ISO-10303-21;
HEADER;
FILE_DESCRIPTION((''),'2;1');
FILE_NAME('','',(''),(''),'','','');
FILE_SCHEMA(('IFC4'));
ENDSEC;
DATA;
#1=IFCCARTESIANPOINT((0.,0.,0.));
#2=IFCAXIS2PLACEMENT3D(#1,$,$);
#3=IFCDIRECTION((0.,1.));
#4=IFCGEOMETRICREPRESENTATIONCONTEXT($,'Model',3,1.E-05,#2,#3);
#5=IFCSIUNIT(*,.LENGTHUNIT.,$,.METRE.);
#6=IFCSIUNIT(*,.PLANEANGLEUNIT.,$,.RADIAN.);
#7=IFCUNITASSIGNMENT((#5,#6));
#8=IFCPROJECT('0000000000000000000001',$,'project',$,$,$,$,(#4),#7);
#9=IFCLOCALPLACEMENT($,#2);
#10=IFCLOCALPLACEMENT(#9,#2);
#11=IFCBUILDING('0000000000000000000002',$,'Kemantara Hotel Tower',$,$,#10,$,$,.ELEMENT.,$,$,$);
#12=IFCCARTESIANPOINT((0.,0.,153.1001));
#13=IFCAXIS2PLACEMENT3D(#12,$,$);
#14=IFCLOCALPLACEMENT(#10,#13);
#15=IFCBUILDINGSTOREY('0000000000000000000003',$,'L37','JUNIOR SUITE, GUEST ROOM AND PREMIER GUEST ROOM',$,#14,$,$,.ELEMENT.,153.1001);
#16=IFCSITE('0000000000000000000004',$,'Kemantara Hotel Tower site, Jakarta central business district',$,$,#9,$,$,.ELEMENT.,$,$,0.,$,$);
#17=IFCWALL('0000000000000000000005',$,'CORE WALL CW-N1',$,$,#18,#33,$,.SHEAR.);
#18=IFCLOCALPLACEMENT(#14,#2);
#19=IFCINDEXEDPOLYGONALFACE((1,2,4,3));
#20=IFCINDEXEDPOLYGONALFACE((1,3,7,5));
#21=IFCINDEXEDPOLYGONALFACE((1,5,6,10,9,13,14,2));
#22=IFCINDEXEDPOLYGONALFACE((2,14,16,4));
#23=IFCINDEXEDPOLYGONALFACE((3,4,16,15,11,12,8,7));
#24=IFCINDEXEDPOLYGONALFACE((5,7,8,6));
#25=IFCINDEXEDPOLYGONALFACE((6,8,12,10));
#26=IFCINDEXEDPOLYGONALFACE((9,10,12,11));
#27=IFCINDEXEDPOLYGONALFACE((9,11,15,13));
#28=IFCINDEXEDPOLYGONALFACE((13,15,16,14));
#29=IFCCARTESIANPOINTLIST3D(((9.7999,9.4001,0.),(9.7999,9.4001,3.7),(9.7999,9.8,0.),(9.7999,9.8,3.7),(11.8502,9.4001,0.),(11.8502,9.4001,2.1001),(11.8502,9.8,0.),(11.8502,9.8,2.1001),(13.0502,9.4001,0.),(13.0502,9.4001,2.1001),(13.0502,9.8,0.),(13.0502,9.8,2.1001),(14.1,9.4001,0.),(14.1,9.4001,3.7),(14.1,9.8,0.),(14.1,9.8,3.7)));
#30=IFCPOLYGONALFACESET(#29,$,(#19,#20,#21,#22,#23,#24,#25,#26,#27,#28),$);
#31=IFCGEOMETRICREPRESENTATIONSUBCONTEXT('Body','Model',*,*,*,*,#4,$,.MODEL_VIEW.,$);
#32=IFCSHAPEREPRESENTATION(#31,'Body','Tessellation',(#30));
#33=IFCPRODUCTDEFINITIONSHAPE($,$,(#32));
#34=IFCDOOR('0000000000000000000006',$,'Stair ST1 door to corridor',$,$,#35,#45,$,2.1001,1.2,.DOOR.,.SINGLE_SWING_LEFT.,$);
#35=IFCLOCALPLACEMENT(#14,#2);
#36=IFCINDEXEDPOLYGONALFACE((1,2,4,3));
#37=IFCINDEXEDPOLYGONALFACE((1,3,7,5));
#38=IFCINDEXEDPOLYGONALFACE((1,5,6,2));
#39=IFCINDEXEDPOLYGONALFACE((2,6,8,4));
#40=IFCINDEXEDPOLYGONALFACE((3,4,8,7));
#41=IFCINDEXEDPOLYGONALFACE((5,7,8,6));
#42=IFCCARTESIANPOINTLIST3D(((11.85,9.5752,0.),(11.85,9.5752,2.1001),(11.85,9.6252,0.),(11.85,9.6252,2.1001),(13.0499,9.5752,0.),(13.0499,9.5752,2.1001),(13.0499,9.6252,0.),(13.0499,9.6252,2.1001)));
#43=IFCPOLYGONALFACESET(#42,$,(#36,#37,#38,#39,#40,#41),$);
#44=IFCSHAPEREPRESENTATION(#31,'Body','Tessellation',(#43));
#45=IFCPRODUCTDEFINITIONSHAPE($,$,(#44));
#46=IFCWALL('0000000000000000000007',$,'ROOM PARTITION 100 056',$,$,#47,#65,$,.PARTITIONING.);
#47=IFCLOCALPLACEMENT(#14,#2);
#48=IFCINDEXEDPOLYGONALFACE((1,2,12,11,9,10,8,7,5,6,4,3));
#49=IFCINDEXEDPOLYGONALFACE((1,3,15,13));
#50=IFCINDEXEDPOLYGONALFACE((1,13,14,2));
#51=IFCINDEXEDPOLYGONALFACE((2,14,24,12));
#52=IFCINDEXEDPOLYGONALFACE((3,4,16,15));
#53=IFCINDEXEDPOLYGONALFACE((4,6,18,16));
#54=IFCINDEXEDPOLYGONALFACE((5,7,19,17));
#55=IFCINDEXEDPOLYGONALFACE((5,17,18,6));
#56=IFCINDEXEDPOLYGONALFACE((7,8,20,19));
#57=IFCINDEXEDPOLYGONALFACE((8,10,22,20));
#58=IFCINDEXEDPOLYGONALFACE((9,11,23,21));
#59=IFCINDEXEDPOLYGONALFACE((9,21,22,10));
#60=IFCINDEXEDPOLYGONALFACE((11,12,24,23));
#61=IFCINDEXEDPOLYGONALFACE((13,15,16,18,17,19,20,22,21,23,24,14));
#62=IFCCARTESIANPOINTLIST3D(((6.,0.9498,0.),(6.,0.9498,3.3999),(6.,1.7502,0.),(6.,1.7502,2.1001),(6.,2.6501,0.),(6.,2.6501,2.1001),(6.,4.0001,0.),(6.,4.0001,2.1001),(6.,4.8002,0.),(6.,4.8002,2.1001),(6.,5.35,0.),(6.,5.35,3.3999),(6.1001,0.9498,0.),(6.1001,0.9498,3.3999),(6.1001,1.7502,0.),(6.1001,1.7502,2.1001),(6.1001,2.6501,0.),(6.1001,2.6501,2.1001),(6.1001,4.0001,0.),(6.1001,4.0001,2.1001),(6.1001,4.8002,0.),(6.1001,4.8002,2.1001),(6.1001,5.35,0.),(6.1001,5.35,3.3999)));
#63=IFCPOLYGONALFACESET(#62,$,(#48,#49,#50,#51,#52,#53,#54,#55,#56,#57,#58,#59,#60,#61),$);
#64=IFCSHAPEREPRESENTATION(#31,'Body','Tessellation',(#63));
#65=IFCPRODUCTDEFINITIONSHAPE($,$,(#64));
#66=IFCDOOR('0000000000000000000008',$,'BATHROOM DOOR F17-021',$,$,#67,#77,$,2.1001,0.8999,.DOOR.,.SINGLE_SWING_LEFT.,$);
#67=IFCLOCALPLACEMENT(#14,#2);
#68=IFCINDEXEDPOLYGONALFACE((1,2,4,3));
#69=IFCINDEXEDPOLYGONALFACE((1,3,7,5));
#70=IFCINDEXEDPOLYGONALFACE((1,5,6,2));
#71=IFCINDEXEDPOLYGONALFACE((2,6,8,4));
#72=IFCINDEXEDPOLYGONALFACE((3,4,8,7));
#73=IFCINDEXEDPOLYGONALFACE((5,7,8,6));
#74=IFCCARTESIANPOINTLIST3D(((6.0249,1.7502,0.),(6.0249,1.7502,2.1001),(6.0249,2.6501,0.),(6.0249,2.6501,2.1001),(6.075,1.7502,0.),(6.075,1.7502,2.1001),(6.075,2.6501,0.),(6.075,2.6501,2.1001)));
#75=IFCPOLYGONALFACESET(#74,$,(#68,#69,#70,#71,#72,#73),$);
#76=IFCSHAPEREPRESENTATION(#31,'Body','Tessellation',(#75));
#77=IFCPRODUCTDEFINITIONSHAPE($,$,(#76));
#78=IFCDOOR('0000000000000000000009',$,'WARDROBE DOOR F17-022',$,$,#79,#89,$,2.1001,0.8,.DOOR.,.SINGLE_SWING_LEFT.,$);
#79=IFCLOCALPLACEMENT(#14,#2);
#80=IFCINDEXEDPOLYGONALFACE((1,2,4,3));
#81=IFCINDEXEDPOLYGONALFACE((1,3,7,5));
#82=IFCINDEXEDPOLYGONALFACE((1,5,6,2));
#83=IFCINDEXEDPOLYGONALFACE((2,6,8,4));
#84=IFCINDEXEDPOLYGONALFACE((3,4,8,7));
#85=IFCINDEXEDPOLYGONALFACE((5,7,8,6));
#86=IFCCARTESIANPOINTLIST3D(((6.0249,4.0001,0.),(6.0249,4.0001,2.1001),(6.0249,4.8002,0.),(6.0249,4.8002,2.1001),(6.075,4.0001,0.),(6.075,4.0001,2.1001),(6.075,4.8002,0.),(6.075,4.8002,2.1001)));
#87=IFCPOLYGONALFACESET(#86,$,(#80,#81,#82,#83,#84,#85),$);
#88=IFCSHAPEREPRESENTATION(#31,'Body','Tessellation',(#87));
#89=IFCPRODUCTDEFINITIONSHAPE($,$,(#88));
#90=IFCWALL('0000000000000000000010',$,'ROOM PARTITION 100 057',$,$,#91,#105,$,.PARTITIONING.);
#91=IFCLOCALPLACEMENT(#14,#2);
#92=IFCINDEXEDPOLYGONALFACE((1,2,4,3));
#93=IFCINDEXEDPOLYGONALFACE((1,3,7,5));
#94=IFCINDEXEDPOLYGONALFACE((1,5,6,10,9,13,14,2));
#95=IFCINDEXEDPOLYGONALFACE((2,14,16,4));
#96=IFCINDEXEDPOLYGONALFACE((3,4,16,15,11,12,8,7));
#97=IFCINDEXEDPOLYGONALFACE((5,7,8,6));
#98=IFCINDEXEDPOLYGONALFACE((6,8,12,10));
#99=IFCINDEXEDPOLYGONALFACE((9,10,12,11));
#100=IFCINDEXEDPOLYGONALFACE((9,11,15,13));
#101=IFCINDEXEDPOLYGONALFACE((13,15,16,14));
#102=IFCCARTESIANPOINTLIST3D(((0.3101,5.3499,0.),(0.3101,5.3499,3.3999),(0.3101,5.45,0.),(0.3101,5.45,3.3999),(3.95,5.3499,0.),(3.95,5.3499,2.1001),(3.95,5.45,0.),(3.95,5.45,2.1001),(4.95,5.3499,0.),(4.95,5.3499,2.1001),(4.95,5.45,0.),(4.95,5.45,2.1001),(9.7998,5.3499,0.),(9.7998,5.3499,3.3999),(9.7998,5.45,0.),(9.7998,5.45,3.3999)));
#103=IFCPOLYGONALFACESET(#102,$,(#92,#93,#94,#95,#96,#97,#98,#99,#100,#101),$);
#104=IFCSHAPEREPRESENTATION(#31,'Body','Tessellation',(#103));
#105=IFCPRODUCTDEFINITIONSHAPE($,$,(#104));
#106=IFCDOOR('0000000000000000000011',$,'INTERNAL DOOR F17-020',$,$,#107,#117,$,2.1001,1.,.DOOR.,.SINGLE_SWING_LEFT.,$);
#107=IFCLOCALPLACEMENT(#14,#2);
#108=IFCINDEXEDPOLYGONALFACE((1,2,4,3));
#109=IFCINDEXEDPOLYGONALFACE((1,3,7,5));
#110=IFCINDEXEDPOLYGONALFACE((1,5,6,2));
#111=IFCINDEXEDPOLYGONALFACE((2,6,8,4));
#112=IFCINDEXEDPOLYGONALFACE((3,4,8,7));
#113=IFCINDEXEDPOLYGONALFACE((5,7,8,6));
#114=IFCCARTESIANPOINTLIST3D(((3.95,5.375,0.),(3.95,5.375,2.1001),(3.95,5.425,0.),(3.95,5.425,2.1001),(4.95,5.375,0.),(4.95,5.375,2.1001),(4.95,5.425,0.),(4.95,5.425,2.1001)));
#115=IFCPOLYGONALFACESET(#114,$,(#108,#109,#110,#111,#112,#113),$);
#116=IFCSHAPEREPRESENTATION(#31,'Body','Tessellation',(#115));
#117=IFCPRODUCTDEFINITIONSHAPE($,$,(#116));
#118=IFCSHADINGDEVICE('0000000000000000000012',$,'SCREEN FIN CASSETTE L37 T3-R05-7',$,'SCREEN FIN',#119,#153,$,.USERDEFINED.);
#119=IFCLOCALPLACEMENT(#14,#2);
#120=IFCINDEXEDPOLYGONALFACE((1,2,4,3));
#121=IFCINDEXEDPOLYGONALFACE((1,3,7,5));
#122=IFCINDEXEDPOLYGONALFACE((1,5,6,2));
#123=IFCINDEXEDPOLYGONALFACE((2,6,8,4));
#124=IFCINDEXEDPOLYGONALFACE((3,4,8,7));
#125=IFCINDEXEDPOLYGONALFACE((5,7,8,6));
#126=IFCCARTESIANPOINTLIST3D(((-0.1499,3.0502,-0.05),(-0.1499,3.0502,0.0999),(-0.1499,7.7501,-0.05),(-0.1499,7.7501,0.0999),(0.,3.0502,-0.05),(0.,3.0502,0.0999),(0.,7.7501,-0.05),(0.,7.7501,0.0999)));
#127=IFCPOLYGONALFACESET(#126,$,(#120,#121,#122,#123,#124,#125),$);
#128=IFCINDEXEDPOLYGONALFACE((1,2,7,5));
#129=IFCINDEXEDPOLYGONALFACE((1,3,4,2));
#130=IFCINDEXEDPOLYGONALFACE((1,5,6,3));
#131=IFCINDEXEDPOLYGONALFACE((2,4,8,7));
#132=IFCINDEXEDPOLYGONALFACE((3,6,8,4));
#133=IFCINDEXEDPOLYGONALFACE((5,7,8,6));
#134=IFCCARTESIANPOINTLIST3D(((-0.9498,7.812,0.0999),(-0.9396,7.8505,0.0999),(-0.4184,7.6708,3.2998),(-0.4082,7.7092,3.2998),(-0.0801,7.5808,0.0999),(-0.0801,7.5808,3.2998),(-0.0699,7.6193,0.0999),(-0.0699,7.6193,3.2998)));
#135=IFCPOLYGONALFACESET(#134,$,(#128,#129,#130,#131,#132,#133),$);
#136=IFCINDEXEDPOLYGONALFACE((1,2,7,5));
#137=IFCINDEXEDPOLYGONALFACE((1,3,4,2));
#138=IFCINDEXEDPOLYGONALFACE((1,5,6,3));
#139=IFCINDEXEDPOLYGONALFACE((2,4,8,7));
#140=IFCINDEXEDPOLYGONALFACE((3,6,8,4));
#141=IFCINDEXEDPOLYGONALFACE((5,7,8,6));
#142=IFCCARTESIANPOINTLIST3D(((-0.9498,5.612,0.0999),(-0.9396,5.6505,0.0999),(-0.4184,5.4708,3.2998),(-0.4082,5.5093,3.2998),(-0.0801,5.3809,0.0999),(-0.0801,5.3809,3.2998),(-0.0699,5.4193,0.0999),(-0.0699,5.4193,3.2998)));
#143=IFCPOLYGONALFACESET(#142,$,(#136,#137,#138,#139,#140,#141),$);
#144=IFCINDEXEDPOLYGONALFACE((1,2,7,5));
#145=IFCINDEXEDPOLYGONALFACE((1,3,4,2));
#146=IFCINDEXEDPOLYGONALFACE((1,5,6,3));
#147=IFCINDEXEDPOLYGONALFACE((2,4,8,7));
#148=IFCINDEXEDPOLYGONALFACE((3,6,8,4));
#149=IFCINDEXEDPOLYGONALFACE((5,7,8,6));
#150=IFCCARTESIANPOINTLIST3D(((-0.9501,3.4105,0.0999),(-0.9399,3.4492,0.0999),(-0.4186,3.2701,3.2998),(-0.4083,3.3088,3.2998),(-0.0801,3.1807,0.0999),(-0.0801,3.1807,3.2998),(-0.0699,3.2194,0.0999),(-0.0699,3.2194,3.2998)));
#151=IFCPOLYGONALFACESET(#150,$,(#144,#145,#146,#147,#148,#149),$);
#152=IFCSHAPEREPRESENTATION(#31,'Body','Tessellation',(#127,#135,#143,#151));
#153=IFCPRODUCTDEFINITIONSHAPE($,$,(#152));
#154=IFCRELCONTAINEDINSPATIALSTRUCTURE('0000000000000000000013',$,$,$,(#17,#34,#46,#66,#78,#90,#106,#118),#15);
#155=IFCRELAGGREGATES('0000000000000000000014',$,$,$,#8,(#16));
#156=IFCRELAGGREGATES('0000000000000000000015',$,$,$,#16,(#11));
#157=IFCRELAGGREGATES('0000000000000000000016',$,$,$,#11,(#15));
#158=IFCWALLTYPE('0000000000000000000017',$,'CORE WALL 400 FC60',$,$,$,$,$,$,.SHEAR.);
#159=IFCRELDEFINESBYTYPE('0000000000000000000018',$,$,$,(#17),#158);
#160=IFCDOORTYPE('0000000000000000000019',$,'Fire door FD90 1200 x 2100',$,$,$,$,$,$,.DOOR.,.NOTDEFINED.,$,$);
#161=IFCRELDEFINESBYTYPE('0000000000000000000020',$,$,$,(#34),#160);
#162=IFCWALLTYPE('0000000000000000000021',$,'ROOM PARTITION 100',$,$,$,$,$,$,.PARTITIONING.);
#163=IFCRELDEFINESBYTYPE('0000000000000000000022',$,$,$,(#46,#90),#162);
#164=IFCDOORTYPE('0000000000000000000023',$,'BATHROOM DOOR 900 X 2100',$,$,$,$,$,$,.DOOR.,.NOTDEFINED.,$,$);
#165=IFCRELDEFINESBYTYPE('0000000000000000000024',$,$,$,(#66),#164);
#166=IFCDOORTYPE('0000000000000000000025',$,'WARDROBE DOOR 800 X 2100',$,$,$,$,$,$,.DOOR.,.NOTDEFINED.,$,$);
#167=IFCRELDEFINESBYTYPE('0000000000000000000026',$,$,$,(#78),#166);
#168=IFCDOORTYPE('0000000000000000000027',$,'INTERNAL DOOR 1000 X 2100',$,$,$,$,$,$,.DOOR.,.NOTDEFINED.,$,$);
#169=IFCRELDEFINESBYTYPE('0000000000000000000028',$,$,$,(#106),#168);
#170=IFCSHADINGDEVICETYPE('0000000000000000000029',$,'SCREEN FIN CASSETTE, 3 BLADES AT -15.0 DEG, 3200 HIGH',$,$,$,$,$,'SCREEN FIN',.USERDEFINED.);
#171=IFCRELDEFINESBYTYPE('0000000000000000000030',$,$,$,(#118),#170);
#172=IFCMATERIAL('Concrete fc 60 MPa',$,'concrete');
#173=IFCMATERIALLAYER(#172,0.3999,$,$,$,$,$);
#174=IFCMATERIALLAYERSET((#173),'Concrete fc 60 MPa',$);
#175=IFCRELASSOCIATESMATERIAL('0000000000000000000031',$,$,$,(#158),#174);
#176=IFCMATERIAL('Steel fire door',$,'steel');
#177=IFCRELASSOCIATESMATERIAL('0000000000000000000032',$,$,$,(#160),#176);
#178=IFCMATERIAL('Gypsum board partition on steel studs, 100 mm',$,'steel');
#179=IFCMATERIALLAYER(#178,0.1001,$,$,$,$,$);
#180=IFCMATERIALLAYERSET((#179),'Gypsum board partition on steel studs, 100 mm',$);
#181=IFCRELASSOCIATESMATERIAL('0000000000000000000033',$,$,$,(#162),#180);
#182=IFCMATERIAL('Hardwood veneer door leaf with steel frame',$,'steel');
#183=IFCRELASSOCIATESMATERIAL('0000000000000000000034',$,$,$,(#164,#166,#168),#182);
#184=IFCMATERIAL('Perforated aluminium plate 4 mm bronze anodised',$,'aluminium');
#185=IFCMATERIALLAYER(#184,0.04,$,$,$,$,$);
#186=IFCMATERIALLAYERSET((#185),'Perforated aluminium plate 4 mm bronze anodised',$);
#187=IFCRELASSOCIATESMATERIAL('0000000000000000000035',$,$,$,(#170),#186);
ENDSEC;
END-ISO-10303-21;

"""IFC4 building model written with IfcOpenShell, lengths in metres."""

from ifc_helpers import new_model, si_unit, direction, frame, frame_2d, origin, origin_2d, place, context, subcontext, project, spatial, polyline, rectangle, outline, extrude, source, transform, mapped, material, layer, layer_set, type_object, element, fill, save


model = new_model("IFC4")

# Units and contexts
model_context = context("Model", 3, precision=1e-05, world=origin(), true_north=direction((0.0, 1.0)))
body_context = subcontext(model_context, "Body", "Model", "MODEL_VIEW")
ifc_project = project(units=[si_unit("LENGTHUNIT", "METRE"), si_unit("PLANEANGLEUNIT", "RADIAN")], contexts=[model_context])

# Site, building, storey
site_placement = place(None, origin())
site = spatial("IfcSite", under=ifc_project, at=site_placement, Name="Kemantara Hotel Tower site, Jakarta central business district", CompositionType="ELEMENT", RefElevation=0.0)
building_placement = place(site_placement, origin())
building = spatial("IfcBuilding", under=site, at=building_placement, Name="Kemantara Hotel Tower", CompositionType="ELEMENT")
storey_placement = place(building_placement, frame((0.0, 0.0, 153.1001)))
storey = spatial("IfcBuildingStorey", under=building, at=storey_placement, Name="L37", Description="JUNIOR SUITE, GUEST ROOM AND PREMIER GUEST ROOM", CompositionType="ELEMENT", Elevation=153.1001)

# Wall, opening, door
ifc_material_1 = material(Name="Concrete fc 60 MPa", Category="concrete")
ifc_layer_1 = layer(ifc_material_1, 0.3999)
ifc_layer_set_1 = layer_set([ifc_layer_1], Name="Concrete fc 60 MPa")
wall_type_1 = type_object("IfcWallType", Name="CORE WALL 400 FC60", PredefinedType="SHEAR", material=ifc_layer_set_1)
wall_1_placement = place(storey_placement, frame((9.8, 9.6001, 0.0), z_axis=(0.0, 0.0, 1.0), x_axis=(1.0, 0.0, 0.0)))
wall_1 = element("IfcWall", 1, at=wall_1_placement, inside=storey, type_object=wall_type_1, Name="CORE WALL CW-N1", PredefinedType="SHEAR", context=body_context, shape_type="SweptSolid", body=[
    extrude(rectangle(XDim=4.3, YDim=0.3999, at=frame_2d((2.1499, 0.0))), origin(), (0.0, 0.0, 1.0), 3.7),
])
opening_1_placement = place(wall_1_placement, frame((2.05, 0.0, 0.0)))
opening_1 = element("IfcOpeningElement", 2, at=opening_1_placement, cuts=wall_1, PredefinedType="OPENING", context=body_context, shape_type="SweptSolid", body=[
    extrude(rectangle(XDim=1.2, YDim=2.1001, at=frame_2d((0.6001, 1.05))), frame((0.0, 0.21, 0.0), z_axis=(0.0, -1.0, 0.0), x_axis=(1.0, 0.0, 0.0)), (0.0, 0.0, 1.0), 0.4199),
])
ifc_material_2 = material(Name="Steel fire door", Category="steel")
door_type_1 = type_object("IfcDoorType", Name="Fire door FD90 1200 x 2100", OperationType="NOTDEFINED", PredefinedType="DOOR", material=ifc_material_2)
door_1_placement = place(opening_1_placement, frame((1.2, 0.0, 0.0), z_axis=(0.0, 0.0, 1.0), x_axis=(-1.0, 0.0, 0.0)))
door_1 = element("IfcDoor", 3, at=door_1_placement, inside=storey, type_object=door_type_1, Name="Stair ST1 door to corridor", OperationType="SINGLE_SWING_LEFT", OverallHeight=2.1001, OverallWidth=1.2, PredefinedType="DOOR", context=body_context, shape_type="SweptSolid", body=[
    extrude(rectangle(XDim=1.2, YDim=2.1001, at=frame_2d((0.6001, 1.05))), frame((0.0, 0.0249, 0.0), z_axis=(0.0, -1.0, 0.0), x_axis=(1.0, 0.0, 0.0)), (0.0, 0.0, 1.0), 0.05),
])
fill(opening_1, door_1)

# Wall, openings, doors
ifc_material_3 = material(Name="Gypsum board partition on steel studs, 100 mm", Category="steel")
ifc_layer_2 = layer(ifc_material_3, 0.1001)
ifc_layer_set_2 = layer_set([ifc_layer_2], Name="Gypsum board partition on steel studs, 100 mm")
wall_type_2 = type_object("IfcWallType", Name="ROOM PARTITION 100", PredefinedType="PARTITIONING", material=ifc_layer_set_2)
wall_2_placement = place(storey_placement, frame((6.05, 5.3501, 0.0), z_axis=(0.0, 0.0, 1.0), x_axis=(0.0, -1.0, 0.0)))
wall_2 = element("IfcWall", 4, at=wall_2_placement, inside=storey, type_object=wall_type_2, Name="ROOM PARTITION 100 056", PredefinedType="PARTITIONING", context=body_context, shape_type="SweptSolid", body=[
    extrude(rectangle(XDim=4.4001, YDim=0.1001, at=frame_2d((2.2002, 0.0))), origin(), (0.0, 0.0, 1.0), 3.3999),
])
opening_2_placement = place(wall_2_placement, frame((2.7, 0.0, 0.0)))
opening_2 = element("IfcOpeningElement", 5, at=opening_2_placement, cuts=wall_2, PredefinedType="OPENING", context=body_context, shape_type="SweptSolid", body=[
    extrude(rectangle(XDim=0.8999, YDim=2.1001, at=frame_2d((0.45, 1.05))), frame((0.0, 0.0601, 0.0), z_axis=(0.0, -1.0, 0.0), x_axis=(1.0, 0.0, 0.0)), (0.0, 0.0, 1.0), 0.1201),
])
opening_3_placement = place(wall_2_placement, frame((0.55, 0.0, 0.0)))
opening_3 = element("IfcOpeningElement", 6, at=opening_3_placement, cuts=wall_2, PredefinedType="OPENING", context=body_context, shape_type="SweptSolid", body=[
    extrude(rectangle(XDim=0.8, YDim=2.1001, at=frame_2d((0.3999, 1.05))), frame((0.0, 0.0601, 0.0), z_axis=(0.0, -1.0, 0.0), x_axis=(1.0, 0.0, 0.0)), (0.0, 0.0, 1.0), 0.1201),
])
ifc_material_4 = material(Name="Hardwood veneer door leaf with steel frame", Category="steel")
door_type_2 = type_object("IfcDoorType", Name="BATHROOM DOOR 900 X 2100", OperationType="NOTDEFINED", PredefinedType="DOOR", material=ifc_material_4)
door_2_placement = place(opening_2_placement, origin())
door_2 = element("IfcDoor", 7, at=door_2_placement, inside=storey, type_object=door_type_2, Name="BATHROOM DOOR F17-021", OperationType="SINGLE_SWING_LEFT", OverallHeight=2.1001, OverallWidth=0.8999, PredefinedType="DOOR", context=body_context, shape_type="SweptSolid", body=[
    extrude(rectangle(XDim=0.8999, YDim=2.1001, at=frame_2d((0.45, 1.05))), frame((0.0, 0.0249, 0.0), z_axis=(0.0, -1.0, 0.0), x_axis=(1.0, 0.0, 0.0)), (0.0, 0.0, 1.0), 0.05),
])
fill(opening_2, door_2)
door_type_3 = type_object("IfcDoorType", Name="WARDROBE DOOR 800 X 2100", OperationType="NOTDEFINED", PredefinedType="DOOR", material=ifc_material_4)
door_3_placement = place(opening_3_placement, origin())
door_3 = element("IfcDoor", 8, at=door_3_placement, inside=storey, type_object=door_type_3, Name="WARDROBE DOOR F17-022", OperationType="SINGLE_SWING_LEFT", OverallHeight=2.1001, OverallWidth=0.8, PredefinedType="DOOR", context=body_context, shape_type="SweptSolid", body=[
    extrude(rectangle(XDim=0.8, YDim=2.1001, at=frame_2d((0.3999, 1.05))), frame((0.0, 0.0249, 0.0), z_axis=(0.0, -1.0, 0.0), x_axis=(1.0, 0.0, 0.0)), (0.0, 0.0, 1.0), 0.05),
])
fill(opening_3, door_3)

# Wall, opening, door
wall_3_placement = place(storey_placement, frame((9.7998, 5.3999, 0.0), z_axis=(0.0, 0.0, 1.0), x_axis=(-1.0, 0.0, 0.0)))
wall_3 = element("IfcWall", 9, at=wall_3_placement, inside=storey, type_object=wall_type_2, Name="ROOM PARTITION 100 057", PredefinedType="PARTITIONING", context=body_context, shape_type="SweptSolid", body=[
    extrude(rectangle(XDim=9.4897, YDim=0.1001, at=frame_2d((4.7449, 0.0))), origin(), (0.0, 0.0, 1.0), 3.3999),
])
opening_4_placement = place(wall_3_placement, frame((4.8499, 0.0, 0.0)))
opening_4 = element("IfcOpeningElement", 10, at=opening_4_placement, cuts=wall_3, PredefinedType="OPENING", context=body_context, shape_type="SweptSolid", body=[
    extrude(rectangle(XDim=1.0, YDim=2.1001, at=frame_2d((0.5, 1.05))), frame((0.0, 0.0601, 0.0), z_axis=(0.0, -1.0, 0.0), x_axis=(1.0, 0.0, 0.0)), (0.0, 0.0, 1.0), 0.1201),
])
door_type_4 = type_object("IfcDoorType", Name="INTERNAL DOOR 1000 X 2100", OperationType="NOTDEFINED", PredefinedType="DOOR", material=ifc_material_4)
door_4_placement = place(opening_4_placement, origin())
door_4 = element("IfcDoor", 11, at=door_4_placement, inside=storey, type_object=door_type_4, Name="INTERNAL DOOR F17-020", OperationType="SINGLE_SWING_LEFT", OverallHeight=2.1001, OverallWidth=1.0, PredefinedType="DOOR", context=body_context, shape_type="SweptSolid", body=[
    extrude(rectangle(XDim=1.0, YDim=2.1001, at=frame_2d((0.5, 1.05))), frame((0.0, 0.0249, 0.0), z_axis=(0.0, -1.0, 0.0), x_axis=(1.0, 0.0, 0.0)), (0.0, 0.0, 1.0), 0.05),
])
fill(opening_4, door_4)

# Shading device
ifc_material_5 = material(Name="Perforated aluminium plate 4 mm bronze anodised", Category="aluminium")
ifc_layer_3 = layer(ifc_material_5, 0.04)
ifc_layer_set_3 = layer_set([ifc_layer_3], Name="Perforated aluminium plate 4 mm bronze anodised")
shading_device_type = type_object("IfcShadingDeviceType", Name="SCREEN FIN CASSETTE, 3 BLADES AT -15.0 DEG, 3200 HIGH", ElementType="SCREEN FIN", PredefinedType="USERDEFINED", material=ifc_layer_set_3)
shared_shape = source(origin(), body_context, "Body", "SweptSolid", [
    extrude(rectangle(XDim=4.7, YDim=0.1499, at=origin_2d()), frame((2.2, -0.075, -0.1499), z_axis=(0.0, 0.0, 1.0), x_axis=(1.0, 0.0, 0.0)), (0.0, 0.0, 1.0), 0.1499),
    extrude(outline(polyline([(0.0, 0.0), (0.8999, 0.0), (0.3501, 3.2), (0.0, 3.2), (0.0, 0.0)])), frame((0.0193, -0.0801, 0.0), z_axis=(-0.966438, 0.256901, 0.0), x_axis=(-0.256901, -0.966438, 0.0)), (0.0, 0.0, 1.0), 0.0398),
    extrude(outline(polyline([(0.0, 0.0), (0.8999, 0.0), (0.3501, 3.2), (0.0, 3.2), (0.0, 0.0)])), frame((2.2192, -0.0801, 0.0), z_axis=(-0.966438, 0.256901, 0.0), x_axis=(-0.256901, -0.966438, 0.0)), (0.0, 0.0, 1.0), 0.0398),
    extrude(outline(polyline([(0.0, 0.0), (0.8999, 0.0), (0.3501, 3.2), (0.0, 3.2), (0.0, 0.0)])), frame((4.4194, -0.0801, 0.0), z_axis=(-0.966838, 0.255391, 0.0), x_axis=(-0.255391, -0.966838, 0.0)), (0.0, 0.0, 1.0), 0.04),
])
shading_device_placement = place(storey_placement, frame((0.0, 7.6001, 0.0999), z_axis=(0.0, 0.0, 1.0), x_axis=(0.0, -1.0, 0.0)))
element("IfcShadingDevice", 12, at=shading_device_placement, inside=storey, type_object=shading_device_type, Name="SCREEN FIN CASSETTE L37 T3-R05-7", ObjectType="SCREEN FIN", PredefinedType="USERDEFINED", context=body_context, shape_type="MappedRepresentation", body=[
    mapped(shared_shape, transform((0.0, 0.0, 0.0))),
])

save(model, "model.ifc")
